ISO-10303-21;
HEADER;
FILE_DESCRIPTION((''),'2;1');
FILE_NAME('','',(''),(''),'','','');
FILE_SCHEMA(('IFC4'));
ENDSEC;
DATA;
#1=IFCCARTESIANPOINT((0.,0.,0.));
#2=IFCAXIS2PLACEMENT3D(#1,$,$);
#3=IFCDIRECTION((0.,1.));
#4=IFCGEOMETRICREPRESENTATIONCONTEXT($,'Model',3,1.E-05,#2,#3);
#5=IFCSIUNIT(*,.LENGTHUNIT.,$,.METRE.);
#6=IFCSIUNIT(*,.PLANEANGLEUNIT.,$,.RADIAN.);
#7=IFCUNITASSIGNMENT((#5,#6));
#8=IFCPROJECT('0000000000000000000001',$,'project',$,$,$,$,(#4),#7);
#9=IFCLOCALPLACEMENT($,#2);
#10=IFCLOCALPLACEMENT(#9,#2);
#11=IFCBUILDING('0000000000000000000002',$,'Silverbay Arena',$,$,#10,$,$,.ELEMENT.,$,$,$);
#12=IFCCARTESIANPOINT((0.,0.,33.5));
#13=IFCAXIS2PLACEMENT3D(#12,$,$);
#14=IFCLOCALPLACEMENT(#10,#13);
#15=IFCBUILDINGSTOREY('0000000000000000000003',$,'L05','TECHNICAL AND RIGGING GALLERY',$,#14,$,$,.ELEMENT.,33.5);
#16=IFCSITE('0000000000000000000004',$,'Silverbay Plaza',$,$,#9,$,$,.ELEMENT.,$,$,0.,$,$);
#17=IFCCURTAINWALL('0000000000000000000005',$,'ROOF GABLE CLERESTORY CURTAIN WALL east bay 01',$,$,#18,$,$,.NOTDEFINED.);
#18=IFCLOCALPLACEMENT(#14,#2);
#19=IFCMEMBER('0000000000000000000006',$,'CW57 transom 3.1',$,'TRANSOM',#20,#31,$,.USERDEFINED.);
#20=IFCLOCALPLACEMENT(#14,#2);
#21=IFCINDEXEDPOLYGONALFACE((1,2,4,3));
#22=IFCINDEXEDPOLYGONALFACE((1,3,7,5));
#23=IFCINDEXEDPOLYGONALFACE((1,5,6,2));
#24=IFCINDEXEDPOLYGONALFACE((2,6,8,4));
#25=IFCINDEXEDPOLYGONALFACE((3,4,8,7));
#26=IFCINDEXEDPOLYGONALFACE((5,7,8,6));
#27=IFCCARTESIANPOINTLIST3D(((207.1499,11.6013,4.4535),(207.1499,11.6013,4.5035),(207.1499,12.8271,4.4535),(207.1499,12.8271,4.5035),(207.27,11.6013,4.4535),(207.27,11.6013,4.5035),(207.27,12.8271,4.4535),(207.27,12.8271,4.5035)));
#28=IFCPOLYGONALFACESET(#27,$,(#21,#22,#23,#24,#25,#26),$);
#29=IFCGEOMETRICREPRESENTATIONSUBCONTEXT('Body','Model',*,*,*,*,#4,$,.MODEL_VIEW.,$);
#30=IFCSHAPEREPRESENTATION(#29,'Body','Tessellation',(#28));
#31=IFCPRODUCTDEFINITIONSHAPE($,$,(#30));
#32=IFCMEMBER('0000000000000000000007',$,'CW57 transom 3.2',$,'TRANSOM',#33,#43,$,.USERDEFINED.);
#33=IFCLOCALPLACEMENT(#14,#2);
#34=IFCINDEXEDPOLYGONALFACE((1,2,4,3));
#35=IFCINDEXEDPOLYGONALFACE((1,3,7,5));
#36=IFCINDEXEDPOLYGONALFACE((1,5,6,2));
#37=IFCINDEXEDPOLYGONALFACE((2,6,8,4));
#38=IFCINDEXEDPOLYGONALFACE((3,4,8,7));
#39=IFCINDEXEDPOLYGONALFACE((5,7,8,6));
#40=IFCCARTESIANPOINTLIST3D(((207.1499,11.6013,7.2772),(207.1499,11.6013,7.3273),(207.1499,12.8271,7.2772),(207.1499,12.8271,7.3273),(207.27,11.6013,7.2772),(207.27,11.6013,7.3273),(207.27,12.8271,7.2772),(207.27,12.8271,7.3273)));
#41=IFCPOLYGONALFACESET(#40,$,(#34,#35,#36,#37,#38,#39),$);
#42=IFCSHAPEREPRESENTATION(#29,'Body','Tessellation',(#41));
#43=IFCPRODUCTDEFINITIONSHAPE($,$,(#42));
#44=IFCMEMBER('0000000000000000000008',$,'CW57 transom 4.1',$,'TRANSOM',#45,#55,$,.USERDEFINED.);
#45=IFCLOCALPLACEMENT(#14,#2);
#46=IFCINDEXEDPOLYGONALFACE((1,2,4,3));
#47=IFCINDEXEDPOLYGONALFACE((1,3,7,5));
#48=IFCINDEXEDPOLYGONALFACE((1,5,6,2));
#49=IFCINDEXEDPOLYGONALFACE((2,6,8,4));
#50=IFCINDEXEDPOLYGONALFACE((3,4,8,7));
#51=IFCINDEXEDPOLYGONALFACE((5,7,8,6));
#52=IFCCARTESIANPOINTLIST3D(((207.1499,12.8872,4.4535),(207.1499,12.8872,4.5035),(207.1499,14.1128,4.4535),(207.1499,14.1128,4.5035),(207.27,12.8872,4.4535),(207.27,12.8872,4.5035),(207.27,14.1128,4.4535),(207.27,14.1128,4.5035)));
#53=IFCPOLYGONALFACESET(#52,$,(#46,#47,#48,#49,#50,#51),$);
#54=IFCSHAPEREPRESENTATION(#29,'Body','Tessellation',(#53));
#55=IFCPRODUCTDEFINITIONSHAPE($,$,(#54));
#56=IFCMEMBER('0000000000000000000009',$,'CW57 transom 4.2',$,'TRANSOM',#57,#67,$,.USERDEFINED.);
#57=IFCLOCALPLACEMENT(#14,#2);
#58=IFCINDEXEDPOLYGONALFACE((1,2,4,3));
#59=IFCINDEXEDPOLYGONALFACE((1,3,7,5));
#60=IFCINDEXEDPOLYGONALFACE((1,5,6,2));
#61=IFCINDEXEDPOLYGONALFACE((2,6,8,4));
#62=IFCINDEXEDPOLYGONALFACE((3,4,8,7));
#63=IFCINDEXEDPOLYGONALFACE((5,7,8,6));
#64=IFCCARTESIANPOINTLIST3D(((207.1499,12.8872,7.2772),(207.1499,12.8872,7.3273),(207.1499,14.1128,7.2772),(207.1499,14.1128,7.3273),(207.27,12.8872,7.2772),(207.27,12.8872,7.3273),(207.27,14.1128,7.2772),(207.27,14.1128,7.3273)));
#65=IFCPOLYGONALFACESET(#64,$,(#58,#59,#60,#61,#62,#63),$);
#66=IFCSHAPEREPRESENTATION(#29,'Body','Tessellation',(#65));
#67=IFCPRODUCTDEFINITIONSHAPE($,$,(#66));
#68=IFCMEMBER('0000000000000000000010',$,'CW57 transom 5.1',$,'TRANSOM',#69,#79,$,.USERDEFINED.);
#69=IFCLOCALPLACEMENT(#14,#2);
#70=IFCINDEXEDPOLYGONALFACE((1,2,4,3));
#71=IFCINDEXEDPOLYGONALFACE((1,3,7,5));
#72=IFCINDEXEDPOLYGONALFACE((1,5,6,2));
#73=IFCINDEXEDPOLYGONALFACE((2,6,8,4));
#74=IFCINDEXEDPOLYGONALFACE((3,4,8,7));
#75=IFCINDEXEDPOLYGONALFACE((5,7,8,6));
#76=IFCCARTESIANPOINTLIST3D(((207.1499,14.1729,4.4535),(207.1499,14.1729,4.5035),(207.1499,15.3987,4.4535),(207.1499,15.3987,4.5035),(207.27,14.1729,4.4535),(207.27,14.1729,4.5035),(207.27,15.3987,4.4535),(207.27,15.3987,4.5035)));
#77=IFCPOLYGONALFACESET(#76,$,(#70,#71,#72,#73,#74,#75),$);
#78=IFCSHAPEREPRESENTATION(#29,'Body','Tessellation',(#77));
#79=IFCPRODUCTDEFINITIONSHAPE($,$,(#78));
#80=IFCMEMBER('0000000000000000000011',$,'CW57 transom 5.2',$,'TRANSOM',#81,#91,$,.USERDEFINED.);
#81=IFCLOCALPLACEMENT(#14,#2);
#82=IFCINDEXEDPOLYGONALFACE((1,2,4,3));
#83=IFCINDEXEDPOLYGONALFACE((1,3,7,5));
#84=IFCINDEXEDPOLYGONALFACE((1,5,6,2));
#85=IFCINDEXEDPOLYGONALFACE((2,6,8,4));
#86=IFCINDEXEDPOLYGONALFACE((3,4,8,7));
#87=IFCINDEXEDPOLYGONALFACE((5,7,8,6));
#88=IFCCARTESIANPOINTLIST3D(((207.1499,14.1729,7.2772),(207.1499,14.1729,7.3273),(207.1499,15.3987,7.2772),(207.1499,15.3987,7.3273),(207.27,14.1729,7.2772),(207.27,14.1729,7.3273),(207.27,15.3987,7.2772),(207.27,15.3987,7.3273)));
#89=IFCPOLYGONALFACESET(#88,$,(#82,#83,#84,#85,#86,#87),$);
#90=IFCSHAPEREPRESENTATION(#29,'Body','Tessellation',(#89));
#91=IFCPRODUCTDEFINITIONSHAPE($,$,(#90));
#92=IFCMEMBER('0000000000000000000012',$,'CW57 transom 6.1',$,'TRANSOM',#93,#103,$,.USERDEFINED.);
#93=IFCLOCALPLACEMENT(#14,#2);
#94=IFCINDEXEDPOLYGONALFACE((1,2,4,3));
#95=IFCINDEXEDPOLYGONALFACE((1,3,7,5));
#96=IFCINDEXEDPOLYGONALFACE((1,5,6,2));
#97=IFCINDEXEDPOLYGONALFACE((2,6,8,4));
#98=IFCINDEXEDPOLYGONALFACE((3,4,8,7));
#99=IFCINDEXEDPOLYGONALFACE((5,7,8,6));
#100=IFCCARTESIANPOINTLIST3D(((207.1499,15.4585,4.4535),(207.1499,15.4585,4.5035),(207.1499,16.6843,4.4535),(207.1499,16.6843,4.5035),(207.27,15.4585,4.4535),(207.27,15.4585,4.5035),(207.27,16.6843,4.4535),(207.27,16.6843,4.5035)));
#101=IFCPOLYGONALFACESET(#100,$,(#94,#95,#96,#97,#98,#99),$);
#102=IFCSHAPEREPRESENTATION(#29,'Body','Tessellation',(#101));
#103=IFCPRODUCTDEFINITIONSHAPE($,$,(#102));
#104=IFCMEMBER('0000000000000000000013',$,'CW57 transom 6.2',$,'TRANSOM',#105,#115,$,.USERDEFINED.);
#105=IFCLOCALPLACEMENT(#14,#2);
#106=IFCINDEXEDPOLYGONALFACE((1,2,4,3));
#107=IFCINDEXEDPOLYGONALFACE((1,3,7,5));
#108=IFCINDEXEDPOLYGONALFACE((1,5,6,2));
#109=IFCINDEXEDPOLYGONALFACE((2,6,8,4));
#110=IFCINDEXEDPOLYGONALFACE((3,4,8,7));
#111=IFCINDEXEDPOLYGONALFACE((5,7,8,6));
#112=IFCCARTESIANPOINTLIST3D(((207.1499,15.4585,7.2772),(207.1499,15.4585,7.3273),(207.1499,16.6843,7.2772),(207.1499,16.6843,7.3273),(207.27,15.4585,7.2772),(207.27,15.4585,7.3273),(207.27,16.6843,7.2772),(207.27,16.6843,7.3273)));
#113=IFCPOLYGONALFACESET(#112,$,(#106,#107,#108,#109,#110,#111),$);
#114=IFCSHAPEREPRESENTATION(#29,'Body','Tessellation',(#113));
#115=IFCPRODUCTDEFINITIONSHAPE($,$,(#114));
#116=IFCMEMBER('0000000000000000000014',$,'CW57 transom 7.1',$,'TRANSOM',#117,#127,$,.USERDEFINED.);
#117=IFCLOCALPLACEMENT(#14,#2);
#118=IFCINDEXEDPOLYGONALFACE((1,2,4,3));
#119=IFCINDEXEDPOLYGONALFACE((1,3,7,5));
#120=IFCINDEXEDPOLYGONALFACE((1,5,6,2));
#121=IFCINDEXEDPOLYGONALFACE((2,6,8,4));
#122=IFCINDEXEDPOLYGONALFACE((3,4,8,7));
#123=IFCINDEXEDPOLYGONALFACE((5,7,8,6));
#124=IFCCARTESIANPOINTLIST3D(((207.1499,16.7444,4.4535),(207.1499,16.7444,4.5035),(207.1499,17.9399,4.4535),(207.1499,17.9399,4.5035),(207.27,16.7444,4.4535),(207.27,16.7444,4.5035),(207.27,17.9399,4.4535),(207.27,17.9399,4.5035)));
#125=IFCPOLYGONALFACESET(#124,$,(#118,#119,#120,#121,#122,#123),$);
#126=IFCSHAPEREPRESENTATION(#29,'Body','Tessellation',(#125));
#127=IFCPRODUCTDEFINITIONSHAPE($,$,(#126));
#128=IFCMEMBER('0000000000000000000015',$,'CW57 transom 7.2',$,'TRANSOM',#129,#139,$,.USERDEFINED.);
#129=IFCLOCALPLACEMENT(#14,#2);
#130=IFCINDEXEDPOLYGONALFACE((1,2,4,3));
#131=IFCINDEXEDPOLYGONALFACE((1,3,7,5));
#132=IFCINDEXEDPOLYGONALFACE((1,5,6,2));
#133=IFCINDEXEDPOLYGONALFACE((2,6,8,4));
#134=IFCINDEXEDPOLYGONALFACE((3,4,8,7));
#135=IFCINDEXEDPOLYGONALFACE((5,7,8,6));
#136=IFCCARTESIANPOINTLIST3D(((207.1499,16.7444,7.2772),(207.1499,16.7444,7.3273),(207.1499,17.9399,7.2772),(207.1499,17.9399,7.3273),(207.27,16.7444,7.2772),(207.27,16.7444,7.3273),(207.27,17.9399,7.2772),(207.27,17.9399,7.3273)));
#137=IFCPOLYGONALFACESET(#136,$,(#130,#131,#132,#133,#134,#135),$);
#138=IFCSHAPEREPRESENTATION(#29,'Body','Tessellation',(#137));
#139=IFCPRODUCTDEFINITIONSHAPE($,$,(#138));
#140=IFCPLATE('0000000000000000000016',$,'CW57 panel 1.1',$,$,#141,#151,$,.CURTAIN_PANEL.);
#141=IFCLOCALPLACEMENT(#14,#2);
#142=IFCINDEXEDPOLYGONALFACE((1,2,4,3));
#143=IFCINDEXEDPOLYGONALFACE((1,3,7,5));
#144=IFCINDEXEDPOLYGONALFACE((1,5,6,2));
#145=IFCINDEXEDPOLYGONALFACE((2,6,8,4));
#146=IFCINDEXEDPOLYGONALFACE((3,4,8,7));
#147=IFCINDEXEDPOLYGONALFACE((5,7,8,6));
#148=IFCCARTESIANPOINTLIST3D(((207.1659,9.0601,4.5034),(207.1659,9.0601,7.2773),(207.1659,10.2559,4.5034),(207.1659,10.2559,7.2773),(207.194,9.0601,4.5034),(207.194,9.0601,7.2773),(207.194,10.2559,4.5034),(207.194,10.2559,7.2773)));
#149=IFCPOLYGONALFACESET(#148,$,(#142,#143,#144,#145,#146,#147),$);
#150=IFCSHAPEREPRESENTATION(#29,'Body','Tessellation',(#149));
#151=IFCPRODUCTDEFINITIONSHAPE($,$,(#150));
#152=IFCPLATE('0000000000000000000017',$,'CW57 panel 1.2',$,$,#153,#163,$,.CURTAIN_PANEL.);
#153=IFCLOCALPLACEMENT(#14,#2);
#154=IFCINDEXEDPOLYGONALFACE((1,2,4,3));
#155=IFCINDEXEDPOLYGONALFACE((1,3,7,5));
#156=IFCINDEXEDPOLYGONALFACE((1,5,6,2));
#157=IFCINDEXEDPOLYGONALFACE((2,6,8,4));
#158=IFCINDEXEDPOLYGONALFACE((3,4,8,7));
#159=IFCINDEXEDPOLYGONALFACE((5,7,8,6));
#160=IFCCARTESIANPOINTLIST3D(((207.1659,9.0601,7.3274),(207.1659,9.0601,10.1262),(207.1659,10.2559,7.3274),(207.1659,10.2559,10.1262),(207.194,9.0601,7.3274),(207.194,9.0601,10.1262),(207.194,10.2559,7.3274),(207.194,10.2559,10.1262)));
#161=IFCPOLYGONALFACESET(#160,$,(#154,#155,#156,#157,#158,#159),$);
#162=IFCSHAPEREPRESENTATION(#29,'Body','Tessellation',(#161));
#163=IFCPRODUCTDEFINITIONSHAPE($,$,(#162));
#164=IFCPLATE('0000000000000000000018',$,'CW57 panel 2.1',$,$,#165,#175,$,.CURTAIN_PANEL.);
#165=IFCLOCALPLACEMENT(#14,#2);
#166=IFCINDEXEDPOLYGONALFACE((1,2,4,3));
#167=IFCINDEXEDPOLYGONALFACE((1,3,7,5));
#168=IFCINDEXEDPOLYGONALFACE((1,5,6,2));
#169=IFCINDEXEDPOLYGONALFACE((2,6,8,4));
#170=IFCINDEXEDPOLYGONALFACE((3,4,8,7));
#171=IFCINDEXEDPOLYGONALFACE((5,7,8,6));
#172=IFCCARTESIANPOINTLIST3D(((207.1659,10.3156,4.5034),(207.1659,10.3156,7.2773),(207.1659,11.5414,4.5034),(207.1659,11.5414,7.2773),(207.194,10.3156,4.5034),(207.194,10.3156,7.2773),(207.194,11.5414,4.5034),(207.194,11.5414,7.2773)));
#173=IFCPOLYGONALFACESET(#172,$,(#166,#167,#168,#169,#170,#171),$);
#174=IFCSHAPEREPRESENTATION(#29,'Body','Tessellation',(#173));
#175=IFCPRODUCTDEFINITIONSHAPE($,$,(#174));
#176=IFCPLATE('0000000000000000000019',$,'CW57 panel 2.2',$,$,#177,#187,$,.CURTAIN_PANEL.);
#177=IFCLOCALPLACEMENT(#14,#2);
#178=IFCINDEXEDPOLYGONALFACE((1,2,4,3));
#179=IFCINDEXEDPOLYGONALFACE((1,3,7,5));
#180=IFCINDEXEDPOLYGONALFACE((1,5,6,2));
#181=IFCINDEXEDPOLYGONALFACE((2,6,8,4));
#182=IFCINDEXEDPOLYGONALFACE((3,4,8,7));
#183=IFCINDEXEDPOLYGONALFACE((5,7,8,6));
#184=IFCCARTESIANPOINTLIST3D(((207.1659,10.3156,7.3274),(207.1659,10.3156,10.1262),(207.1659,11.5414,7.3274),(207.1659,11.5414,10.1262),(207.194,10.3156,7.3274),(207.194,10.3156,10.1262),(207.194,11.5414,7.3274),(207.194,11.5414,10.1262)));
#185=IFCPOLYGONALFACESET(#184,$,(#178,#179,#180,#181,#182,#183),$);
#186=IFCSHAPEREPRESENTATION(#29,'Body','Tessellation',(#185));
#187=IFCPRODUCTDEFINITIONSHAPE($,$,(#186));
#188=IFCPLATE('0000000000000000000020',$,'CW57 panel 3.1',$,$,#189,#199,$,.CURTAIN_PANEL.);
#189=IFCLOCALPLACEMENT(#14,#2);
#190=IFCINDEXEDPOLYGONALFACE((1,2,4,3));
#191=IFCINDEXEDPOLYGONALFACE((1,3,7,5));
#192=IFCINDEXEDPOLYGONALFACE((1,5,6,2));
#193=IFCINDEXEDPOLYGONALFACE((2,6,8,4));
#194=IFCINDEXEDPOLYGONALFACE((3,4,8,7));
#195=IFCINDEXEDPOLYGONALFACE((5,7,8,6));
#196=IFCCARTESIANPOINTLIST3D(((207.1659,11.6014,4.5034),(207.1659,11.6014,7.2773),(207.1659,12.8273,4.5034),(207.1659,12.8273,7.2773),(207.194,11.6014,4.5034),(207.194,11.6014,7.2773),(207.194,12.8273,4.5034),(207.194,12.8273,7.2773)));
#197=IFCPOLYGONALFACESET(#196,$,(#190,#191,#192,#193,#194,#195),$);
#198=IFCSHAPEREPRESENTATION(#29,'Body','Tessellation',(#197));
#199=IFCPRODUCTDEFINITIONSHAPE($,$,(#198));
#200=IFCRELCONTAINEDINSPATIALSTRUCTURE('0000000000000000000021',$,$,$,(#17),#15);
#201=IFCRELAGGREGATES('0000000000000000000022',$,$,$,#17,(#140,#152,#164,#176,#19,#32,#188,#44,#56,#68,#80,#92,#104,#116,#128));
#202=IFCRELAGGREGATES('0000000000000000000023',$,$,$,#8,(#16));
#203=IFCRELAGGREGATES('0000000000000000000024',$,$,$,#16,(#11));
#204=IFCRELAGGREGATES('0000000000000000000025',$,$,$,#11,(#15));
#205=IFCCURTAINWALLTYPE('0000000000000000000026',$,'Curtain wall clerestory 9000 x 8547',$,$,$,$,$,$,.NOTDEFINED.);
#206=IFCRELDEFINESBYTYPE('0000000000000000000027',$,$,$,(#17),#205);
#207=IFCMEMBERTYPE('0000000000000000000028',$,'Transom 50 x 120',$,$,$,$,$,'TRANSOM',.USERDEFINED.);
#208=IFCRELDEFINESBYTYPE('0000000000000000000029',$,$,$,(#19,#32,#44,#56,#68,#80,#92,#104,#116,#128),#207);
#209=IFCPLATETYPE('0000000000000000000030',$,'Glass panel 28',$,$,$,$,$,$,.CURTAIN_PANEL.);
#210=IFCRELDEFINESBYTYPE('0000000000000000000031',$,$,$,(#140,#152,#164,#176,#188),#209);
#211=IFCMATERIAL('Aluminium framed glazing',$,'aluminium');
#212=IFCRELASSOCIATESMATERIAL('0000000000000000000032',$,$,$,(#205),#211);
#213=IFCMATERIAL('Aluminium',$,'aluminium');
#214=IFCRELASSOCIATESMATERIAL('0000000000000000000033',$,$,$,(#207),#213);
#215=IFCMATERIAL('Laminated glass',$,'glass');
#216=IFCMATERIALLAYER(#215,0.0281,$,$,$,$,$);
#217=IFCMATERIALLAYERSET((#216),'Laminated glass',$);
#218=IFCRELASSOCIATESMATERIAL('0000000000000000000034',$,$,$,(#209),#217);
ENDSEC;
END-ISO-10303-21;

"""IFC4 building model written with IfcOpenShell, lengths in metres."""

from ifc_helpers import new_model, si_unit, direction, frame, origin, origin_2d, place, context, subcontext, project, spatial, rectangle, extrude, material, layer, layer_set, material_profile, profile_set, type_object, element, aggregate, save


model = new_model("IFC4")

# Units and contexts
model_context = context("Model", 3, precision=1e-05, world=origin(), true_north=direction((0.0, 1.0)))
body_context = subcontext(model_context, "Body", "Model", "MODEL_VIEW")
ifc_project = project(units=[si_unit("LENGTHUNIT", "METRE"), si_unit("PLANEANGLEUNIT", "RADIAN")], contexts=[model_context])

# Site, building, storey
site_placement = place(None, origin())
site = spatial("IfcSite", under=ifc_project, at=site_placement, Name="Silverbay Plaza", CompositionType="ELEMENT", RefElevation=0.0)
building_placement = place(site_placement, origin())
building = spatial("IfcBuilding", under=site, at=building_placement, Name="Silverbay Arena", CompositionType="ELEMENT")
storey_placement = place(building_placement, frame((0.0, 0.0, 33.5)))
storey = spatial("IfcBuildingStorey", under=building, at=storey_placement, Name="L05", Description="TECHNICAL AND RIGGING GALLERY", CompositionType="ELEMENT", Elevation=33.5)

# Curtain wall
ifc_material_1 = material(Name="Aluminium framed glazing", Category="aluminium")
curtain_wall_type = type_object("IfcCurtainWallType", Name="Curtain wall clerestory 9000 x 8547", PredefinedType="NOTDEFINED", material=ifc_material_1)
curtain_wall_placement = place(storey_placement, origin())
curtain_wall = element("IfcCurtainWall", 1, at=curtain_wall_placement, inside=storey, type_object=curtain_wall_type, Name="ROOF GABLE CLERESTORY CURTAIN WALL east bay 01", PredefinedType="NOTDEFINED")

# Members
ifc_material_2 = material(Name="Aluminium", Category="aluminium")
ifc_material_profile_1 = material_profile(ifc_material_2, rectangle(XDim=0.1201, YDim=0.05, at=origin_2d()), Name="Transom 50 x 120")
ifc_profile_set_1 = profile_set([ifc_material_profile_1], Name="Aluminium")
member_type_1 = type_object("IfcMemberType", Name="Transom 50 x 120", ElementType="TRANSOM", PredefinedType="USERDEFINED", material=ifc_profile_set_1)
member_1_placement = place(storey_placement, frame((207.21, 11.6013, 4.4785), z_axis=(0.0, 1.0, 0.0), x_axis=(-1.0, 0.0, 0.0)))
member_1 = element("IfcMember", 2, at=member_1_placement, type_object=member_type_1, Name="CW57 transom 3.1", ObjectType="TRANSOM", PredefinedType="USERDEFINED", context=body_context, shape_type="SweptSolid", body=[
    extrude(rectangle(XDim=0.1201, YDim=0.05, at=origin_2d()), origin(), (0.0, 0.0, 1.0), 1.2258),
])
member_2_placement = place(storey_placement, frame((207.21, 11.6013, 7.3022), z_axis=(0.0, 1.0, 0.0), x_axis=(-1.0, 0.0, 0.0)))
member_2 = element("IfcMember", 3, at=member_2_placement, type_object=member_type_1, Name="CW57 transom 3.2", ObjectType="TRANSOM", PredefinedType="USERDEFINED", context=body_context, shape_type="SweptSolid", body=[
    extrude(rectangle(XDim=0.1201, YDim=0.05, at=origin_2d()), origin(), (0.0, 0.0, 1.0), 1.2258),
])
member_3_placement = place(storey_placement, frame((207.21, 12.8872, 4.4785), z_axis=(0.0, 1.0, 0.0), x_axis=(-1.0, 0.0, 0.0)))
member_3 = element("IfcMember", 4, at=member_3_placement, type_object=member_type_1, Name="CW57 transom 4.1", ObjectType="TRANSOM", PredefinedType="USERDEFINED", context=body_context, shape_type="SweptSolid", body=[
    extrude(rectangle(XDim=0.1201, YDim=0.05, at=origin_2d()), origin(), (0.0, 0.0, 1.0), 1.2256),
])
member_4_placement = place(storey_placement, frame((207.21, 12.8872, 7.3022), z_axis=(0.0, 1.0, 0.0), x_axis=(-1.0, 0.0, 0.0)))
member_4 = element("IfcMember", 5, at=member_4_placement, type_object=member_type_1, Name="CW57 transom 4.2", ObjectType="TRANSOM", PredefinedType="USERDEFINED", context=body_context, shape_type="SweptSolid", body=[
    extrude(rectangle(XDim=0.1201, YDim=0.05, at=origin_2d()), origin(), (0.0, 0.0, 1.0), 1.2256),
])
member_5_placement = place(storey_placement, frame((207.21, 14.1729, 4.4785), z_axis=(0.0, 1.0, 0.0), x_axis=(-1.0, 0.0, 0.0)))
member_5 = element("IfcMember", 6, at=member_5_placement, type_object=member_type_1, Name="CW57 transom 5.1", ObjectType="TRANSOM", PredefinedType="USERDEFINED", context=body_context, shape_type="SweptSolid", body=[
    extrude(rectangle(XDim=0.1201, YDim=0.05, at=origin_2d()), origin(), (0.0, 0.0, 1.0), 1.2258),
])
member_6_placement = place(storey_placement, frame((207.21, 14.1729, 7.3022), z_axis=(0.0, 1.0, 0.0), x_axis=(-1.0, 0.0, 0.0)))
member_6 = element("IfcMember", 7, at=member_6_placement, type_object=member_type_1, Name="CW57 transom 5.2", ObjectType="TRANSOM", PredefinedType="USERDEFINED", context=body_context, shape_type="SweptSolid", body=[
    extrude(rectangle(XDim=0.1201, YDim=0.05, at=origin_2d()), origin(), (0.0, 0.0, 1.0), 1.2258),
])
member_7_placement = place(storey_placement, frame((207.21, 15.4585, 4.4785), z_axis=(0.0, 1.0, 0.0), x_axis=(-1.0, 0.0, 0.0)))
member_7 = element("IfcMember", 8, at=member_7_placement, type_object=member_type_1, Name="CW57 transom 6.1", ObjectType="TRANSOM", PredefinedType="USERDEFINED", context=body_context, shape_type="SweptSolid", body=[
    extrude(rectangle(XDim=0.1201, YDim=0.05, at=origin_2d()), origin(), (0.0, 0.0, 1.0), 1.2258),
])
member_8_placement = place(storey_placement, frame((207.21, 15.4585, 7.3022), z_axis=(0.0, 1.0, 0.0), x_axis=(-1.0, 0.0, 0.0)))
member_8 = element("IfcMember", 9, at=member_8_placement, type_object=member_type_1, Name="CW57 transom 6.2", ObjectType="TRANSOM", PredefinedType="USERDEFINED", context=body_context, shape_type="SweptSolid", body=[
    extrude(rectangle(XDim=0.1201, YDim=0.05, at=origin_2d()), origin(), (0.0, 0.0, 1.0), 1.2258),
])
member_9_placement = place(storey_placement, frame((207.21, 16.7444, 4.4785), z_axis=(0.0, 1.0, 0.0), x_axis=(-1.0, 0.0, 0.0)))
member_9 = element("IfcMember", 10, at=member_9_placement, type_object=member_type_1, Name="CW57 transom 7.1", ObjectType="TRANSOM", PredefinedType="USERDEFINED", context=body_context, shape_type="SweptSolid", body=[
    extrude(rectangle(XDim=0.1201, YDim=0.05, at=origin_2d()), origin(), (0.0, 0.0, 1.0), 1.1956),
])
member_10_placement = place(storey_placement, frame((207.21, 16.7444, 7.3022), z_axis=(0.0, 1.0, 0.0), x_axis=(-1.0, 0.0, 0.0)))
member_10 = element("IfcMember", 11, at=member_10_placement, type_object=member_type_1, Name="CW57 transom 7.2", ObjectType="TRANSOM", PredefinedType="USERDEFINED", context=body_context, shape_type="SweptSolid", body=[
    extrude(rectangle(XDim=0.1201, YDim=0.05, at=origin_2d()), origin(), (0.0, 0.0, 1.0), 1.1956),
])

# Plates
ifc_material_3 = material(Name="Laminated glass", Category="glass")
ifc_layer = layer(ifc_material_3, 0.0281)
ifc_layer_set = layer_set([ifc_layer], Name="Laminated glass")
plate_type = type_object("IfcPlateType", Name="Glass panel 28", PredefinedType="CURTAIN_PANEL", material=ifc_layer_set)
plate_1_placement = place(storey_placement, frame((207.1799, 9.658, 4.5034), z_axis=(0.0, 0.0, 1.0), x_axis=(0.0, 1.0, 0.0)))
plate_1 = element("IfcPlate", 12, at=plate_1_placement, type_object=plate_type, Name="CW57 panel 1.1", PredefinedType="CURTAIN_PANEL", context=body_context, shape_type="SweptSolid", body=[
    extrude(rectangle(XDim=1.1958, YDim=0.0281, at=origin_2d()), origin(), (0.0, 0.0, 1.0), 2.7739),
])
plate_2_placement = place(storey_placement, frame((207.1799, 9.658, 7.3274), z_axis=(0.0, 0.0, 1.0), x_axis=(0.0, 1.0, 0.0)))
plate_2 = element("IfcPlate", 13, at=plate_2_placement, type_object=plate_type, Name="CW57 panel 1.2", PredefinedType="CURTAIN_PANEL", context=body_context, shape_type="SweptSolid", body=[
    extrude(rectangle(XDim=1.1958, YDim=0.0281, at=origin_2d()), origin(), (0.0, 0.0, 1.0), 2.7988),
])
plate_3_placement = place(storey_placement, frame((207.1799, 10.9285, 4.5034), z_axis=(0.0, 0.0, 1.0), x_axis=(0.0, 1.0, 0.0)))
plate_3 = element("IfcPlate", 14, at=plate_3_placement, type_object=plate_type, Name="CW57 panel 2.1", PredefinedType="CURTAIN_PANEL", context=body_context, shape_type="SweptSolid", body=[
    extrude(rectangle(XDim=1.2258, YDim=0.0281, at=origin_2d()), origin(), (0.0, 0.0, 1.0), 2.7739),
])
plate_4_placement = place(storey_placement, frame((207.1799, 10.9285, 7.3274), z_axis=(0.0, 0.0, 1.0), x_axis=(0.0, 1.0, 0.0)))
plate_4 = element("IfcPlate", 15, at=plate_4_placement, type_object=plate_type, Name="CW57 panel 2.2", PredefinedType="CURTAIN_PANEL", context=body_context, shape_type="SweptSolid", body=[
    extrude(rectangle(XDim=1.2258, YDim=0.0281, at=origin_2d()), origin(), (0.0, 0.0, 1.0), 2.7988),
])
plate_5_placement = place(storey_placement, frame((207.1799, 12.2144, 4.5034), z_axis=(0.0, 0.0, 1.0), x_axis=(0.0, 1.0, 0.0)))
plate_5 = element("IfcPlate", 16, at=plate_5_placement, type_object=plate_type, Name="CW57 panel 3.1", PredefinedType="CURTAIN_PANEL", context=body_context, shape_type="SweptSolid", body=[
    extrude(rectangle(XDim=1.2258, YDim=0.0281, at=origin_2d()), origin(), (0.0, 0.0, 1.0), 2.7739),
])
aggregate(curtain_wall, [plate_1, plate_2, plate_3, plate_4, member_1, member_2, plate_5, member_3, member_4, member_5, member_6, member_7, member_8, member_9, member_10])

save(model, "model.ifc")
